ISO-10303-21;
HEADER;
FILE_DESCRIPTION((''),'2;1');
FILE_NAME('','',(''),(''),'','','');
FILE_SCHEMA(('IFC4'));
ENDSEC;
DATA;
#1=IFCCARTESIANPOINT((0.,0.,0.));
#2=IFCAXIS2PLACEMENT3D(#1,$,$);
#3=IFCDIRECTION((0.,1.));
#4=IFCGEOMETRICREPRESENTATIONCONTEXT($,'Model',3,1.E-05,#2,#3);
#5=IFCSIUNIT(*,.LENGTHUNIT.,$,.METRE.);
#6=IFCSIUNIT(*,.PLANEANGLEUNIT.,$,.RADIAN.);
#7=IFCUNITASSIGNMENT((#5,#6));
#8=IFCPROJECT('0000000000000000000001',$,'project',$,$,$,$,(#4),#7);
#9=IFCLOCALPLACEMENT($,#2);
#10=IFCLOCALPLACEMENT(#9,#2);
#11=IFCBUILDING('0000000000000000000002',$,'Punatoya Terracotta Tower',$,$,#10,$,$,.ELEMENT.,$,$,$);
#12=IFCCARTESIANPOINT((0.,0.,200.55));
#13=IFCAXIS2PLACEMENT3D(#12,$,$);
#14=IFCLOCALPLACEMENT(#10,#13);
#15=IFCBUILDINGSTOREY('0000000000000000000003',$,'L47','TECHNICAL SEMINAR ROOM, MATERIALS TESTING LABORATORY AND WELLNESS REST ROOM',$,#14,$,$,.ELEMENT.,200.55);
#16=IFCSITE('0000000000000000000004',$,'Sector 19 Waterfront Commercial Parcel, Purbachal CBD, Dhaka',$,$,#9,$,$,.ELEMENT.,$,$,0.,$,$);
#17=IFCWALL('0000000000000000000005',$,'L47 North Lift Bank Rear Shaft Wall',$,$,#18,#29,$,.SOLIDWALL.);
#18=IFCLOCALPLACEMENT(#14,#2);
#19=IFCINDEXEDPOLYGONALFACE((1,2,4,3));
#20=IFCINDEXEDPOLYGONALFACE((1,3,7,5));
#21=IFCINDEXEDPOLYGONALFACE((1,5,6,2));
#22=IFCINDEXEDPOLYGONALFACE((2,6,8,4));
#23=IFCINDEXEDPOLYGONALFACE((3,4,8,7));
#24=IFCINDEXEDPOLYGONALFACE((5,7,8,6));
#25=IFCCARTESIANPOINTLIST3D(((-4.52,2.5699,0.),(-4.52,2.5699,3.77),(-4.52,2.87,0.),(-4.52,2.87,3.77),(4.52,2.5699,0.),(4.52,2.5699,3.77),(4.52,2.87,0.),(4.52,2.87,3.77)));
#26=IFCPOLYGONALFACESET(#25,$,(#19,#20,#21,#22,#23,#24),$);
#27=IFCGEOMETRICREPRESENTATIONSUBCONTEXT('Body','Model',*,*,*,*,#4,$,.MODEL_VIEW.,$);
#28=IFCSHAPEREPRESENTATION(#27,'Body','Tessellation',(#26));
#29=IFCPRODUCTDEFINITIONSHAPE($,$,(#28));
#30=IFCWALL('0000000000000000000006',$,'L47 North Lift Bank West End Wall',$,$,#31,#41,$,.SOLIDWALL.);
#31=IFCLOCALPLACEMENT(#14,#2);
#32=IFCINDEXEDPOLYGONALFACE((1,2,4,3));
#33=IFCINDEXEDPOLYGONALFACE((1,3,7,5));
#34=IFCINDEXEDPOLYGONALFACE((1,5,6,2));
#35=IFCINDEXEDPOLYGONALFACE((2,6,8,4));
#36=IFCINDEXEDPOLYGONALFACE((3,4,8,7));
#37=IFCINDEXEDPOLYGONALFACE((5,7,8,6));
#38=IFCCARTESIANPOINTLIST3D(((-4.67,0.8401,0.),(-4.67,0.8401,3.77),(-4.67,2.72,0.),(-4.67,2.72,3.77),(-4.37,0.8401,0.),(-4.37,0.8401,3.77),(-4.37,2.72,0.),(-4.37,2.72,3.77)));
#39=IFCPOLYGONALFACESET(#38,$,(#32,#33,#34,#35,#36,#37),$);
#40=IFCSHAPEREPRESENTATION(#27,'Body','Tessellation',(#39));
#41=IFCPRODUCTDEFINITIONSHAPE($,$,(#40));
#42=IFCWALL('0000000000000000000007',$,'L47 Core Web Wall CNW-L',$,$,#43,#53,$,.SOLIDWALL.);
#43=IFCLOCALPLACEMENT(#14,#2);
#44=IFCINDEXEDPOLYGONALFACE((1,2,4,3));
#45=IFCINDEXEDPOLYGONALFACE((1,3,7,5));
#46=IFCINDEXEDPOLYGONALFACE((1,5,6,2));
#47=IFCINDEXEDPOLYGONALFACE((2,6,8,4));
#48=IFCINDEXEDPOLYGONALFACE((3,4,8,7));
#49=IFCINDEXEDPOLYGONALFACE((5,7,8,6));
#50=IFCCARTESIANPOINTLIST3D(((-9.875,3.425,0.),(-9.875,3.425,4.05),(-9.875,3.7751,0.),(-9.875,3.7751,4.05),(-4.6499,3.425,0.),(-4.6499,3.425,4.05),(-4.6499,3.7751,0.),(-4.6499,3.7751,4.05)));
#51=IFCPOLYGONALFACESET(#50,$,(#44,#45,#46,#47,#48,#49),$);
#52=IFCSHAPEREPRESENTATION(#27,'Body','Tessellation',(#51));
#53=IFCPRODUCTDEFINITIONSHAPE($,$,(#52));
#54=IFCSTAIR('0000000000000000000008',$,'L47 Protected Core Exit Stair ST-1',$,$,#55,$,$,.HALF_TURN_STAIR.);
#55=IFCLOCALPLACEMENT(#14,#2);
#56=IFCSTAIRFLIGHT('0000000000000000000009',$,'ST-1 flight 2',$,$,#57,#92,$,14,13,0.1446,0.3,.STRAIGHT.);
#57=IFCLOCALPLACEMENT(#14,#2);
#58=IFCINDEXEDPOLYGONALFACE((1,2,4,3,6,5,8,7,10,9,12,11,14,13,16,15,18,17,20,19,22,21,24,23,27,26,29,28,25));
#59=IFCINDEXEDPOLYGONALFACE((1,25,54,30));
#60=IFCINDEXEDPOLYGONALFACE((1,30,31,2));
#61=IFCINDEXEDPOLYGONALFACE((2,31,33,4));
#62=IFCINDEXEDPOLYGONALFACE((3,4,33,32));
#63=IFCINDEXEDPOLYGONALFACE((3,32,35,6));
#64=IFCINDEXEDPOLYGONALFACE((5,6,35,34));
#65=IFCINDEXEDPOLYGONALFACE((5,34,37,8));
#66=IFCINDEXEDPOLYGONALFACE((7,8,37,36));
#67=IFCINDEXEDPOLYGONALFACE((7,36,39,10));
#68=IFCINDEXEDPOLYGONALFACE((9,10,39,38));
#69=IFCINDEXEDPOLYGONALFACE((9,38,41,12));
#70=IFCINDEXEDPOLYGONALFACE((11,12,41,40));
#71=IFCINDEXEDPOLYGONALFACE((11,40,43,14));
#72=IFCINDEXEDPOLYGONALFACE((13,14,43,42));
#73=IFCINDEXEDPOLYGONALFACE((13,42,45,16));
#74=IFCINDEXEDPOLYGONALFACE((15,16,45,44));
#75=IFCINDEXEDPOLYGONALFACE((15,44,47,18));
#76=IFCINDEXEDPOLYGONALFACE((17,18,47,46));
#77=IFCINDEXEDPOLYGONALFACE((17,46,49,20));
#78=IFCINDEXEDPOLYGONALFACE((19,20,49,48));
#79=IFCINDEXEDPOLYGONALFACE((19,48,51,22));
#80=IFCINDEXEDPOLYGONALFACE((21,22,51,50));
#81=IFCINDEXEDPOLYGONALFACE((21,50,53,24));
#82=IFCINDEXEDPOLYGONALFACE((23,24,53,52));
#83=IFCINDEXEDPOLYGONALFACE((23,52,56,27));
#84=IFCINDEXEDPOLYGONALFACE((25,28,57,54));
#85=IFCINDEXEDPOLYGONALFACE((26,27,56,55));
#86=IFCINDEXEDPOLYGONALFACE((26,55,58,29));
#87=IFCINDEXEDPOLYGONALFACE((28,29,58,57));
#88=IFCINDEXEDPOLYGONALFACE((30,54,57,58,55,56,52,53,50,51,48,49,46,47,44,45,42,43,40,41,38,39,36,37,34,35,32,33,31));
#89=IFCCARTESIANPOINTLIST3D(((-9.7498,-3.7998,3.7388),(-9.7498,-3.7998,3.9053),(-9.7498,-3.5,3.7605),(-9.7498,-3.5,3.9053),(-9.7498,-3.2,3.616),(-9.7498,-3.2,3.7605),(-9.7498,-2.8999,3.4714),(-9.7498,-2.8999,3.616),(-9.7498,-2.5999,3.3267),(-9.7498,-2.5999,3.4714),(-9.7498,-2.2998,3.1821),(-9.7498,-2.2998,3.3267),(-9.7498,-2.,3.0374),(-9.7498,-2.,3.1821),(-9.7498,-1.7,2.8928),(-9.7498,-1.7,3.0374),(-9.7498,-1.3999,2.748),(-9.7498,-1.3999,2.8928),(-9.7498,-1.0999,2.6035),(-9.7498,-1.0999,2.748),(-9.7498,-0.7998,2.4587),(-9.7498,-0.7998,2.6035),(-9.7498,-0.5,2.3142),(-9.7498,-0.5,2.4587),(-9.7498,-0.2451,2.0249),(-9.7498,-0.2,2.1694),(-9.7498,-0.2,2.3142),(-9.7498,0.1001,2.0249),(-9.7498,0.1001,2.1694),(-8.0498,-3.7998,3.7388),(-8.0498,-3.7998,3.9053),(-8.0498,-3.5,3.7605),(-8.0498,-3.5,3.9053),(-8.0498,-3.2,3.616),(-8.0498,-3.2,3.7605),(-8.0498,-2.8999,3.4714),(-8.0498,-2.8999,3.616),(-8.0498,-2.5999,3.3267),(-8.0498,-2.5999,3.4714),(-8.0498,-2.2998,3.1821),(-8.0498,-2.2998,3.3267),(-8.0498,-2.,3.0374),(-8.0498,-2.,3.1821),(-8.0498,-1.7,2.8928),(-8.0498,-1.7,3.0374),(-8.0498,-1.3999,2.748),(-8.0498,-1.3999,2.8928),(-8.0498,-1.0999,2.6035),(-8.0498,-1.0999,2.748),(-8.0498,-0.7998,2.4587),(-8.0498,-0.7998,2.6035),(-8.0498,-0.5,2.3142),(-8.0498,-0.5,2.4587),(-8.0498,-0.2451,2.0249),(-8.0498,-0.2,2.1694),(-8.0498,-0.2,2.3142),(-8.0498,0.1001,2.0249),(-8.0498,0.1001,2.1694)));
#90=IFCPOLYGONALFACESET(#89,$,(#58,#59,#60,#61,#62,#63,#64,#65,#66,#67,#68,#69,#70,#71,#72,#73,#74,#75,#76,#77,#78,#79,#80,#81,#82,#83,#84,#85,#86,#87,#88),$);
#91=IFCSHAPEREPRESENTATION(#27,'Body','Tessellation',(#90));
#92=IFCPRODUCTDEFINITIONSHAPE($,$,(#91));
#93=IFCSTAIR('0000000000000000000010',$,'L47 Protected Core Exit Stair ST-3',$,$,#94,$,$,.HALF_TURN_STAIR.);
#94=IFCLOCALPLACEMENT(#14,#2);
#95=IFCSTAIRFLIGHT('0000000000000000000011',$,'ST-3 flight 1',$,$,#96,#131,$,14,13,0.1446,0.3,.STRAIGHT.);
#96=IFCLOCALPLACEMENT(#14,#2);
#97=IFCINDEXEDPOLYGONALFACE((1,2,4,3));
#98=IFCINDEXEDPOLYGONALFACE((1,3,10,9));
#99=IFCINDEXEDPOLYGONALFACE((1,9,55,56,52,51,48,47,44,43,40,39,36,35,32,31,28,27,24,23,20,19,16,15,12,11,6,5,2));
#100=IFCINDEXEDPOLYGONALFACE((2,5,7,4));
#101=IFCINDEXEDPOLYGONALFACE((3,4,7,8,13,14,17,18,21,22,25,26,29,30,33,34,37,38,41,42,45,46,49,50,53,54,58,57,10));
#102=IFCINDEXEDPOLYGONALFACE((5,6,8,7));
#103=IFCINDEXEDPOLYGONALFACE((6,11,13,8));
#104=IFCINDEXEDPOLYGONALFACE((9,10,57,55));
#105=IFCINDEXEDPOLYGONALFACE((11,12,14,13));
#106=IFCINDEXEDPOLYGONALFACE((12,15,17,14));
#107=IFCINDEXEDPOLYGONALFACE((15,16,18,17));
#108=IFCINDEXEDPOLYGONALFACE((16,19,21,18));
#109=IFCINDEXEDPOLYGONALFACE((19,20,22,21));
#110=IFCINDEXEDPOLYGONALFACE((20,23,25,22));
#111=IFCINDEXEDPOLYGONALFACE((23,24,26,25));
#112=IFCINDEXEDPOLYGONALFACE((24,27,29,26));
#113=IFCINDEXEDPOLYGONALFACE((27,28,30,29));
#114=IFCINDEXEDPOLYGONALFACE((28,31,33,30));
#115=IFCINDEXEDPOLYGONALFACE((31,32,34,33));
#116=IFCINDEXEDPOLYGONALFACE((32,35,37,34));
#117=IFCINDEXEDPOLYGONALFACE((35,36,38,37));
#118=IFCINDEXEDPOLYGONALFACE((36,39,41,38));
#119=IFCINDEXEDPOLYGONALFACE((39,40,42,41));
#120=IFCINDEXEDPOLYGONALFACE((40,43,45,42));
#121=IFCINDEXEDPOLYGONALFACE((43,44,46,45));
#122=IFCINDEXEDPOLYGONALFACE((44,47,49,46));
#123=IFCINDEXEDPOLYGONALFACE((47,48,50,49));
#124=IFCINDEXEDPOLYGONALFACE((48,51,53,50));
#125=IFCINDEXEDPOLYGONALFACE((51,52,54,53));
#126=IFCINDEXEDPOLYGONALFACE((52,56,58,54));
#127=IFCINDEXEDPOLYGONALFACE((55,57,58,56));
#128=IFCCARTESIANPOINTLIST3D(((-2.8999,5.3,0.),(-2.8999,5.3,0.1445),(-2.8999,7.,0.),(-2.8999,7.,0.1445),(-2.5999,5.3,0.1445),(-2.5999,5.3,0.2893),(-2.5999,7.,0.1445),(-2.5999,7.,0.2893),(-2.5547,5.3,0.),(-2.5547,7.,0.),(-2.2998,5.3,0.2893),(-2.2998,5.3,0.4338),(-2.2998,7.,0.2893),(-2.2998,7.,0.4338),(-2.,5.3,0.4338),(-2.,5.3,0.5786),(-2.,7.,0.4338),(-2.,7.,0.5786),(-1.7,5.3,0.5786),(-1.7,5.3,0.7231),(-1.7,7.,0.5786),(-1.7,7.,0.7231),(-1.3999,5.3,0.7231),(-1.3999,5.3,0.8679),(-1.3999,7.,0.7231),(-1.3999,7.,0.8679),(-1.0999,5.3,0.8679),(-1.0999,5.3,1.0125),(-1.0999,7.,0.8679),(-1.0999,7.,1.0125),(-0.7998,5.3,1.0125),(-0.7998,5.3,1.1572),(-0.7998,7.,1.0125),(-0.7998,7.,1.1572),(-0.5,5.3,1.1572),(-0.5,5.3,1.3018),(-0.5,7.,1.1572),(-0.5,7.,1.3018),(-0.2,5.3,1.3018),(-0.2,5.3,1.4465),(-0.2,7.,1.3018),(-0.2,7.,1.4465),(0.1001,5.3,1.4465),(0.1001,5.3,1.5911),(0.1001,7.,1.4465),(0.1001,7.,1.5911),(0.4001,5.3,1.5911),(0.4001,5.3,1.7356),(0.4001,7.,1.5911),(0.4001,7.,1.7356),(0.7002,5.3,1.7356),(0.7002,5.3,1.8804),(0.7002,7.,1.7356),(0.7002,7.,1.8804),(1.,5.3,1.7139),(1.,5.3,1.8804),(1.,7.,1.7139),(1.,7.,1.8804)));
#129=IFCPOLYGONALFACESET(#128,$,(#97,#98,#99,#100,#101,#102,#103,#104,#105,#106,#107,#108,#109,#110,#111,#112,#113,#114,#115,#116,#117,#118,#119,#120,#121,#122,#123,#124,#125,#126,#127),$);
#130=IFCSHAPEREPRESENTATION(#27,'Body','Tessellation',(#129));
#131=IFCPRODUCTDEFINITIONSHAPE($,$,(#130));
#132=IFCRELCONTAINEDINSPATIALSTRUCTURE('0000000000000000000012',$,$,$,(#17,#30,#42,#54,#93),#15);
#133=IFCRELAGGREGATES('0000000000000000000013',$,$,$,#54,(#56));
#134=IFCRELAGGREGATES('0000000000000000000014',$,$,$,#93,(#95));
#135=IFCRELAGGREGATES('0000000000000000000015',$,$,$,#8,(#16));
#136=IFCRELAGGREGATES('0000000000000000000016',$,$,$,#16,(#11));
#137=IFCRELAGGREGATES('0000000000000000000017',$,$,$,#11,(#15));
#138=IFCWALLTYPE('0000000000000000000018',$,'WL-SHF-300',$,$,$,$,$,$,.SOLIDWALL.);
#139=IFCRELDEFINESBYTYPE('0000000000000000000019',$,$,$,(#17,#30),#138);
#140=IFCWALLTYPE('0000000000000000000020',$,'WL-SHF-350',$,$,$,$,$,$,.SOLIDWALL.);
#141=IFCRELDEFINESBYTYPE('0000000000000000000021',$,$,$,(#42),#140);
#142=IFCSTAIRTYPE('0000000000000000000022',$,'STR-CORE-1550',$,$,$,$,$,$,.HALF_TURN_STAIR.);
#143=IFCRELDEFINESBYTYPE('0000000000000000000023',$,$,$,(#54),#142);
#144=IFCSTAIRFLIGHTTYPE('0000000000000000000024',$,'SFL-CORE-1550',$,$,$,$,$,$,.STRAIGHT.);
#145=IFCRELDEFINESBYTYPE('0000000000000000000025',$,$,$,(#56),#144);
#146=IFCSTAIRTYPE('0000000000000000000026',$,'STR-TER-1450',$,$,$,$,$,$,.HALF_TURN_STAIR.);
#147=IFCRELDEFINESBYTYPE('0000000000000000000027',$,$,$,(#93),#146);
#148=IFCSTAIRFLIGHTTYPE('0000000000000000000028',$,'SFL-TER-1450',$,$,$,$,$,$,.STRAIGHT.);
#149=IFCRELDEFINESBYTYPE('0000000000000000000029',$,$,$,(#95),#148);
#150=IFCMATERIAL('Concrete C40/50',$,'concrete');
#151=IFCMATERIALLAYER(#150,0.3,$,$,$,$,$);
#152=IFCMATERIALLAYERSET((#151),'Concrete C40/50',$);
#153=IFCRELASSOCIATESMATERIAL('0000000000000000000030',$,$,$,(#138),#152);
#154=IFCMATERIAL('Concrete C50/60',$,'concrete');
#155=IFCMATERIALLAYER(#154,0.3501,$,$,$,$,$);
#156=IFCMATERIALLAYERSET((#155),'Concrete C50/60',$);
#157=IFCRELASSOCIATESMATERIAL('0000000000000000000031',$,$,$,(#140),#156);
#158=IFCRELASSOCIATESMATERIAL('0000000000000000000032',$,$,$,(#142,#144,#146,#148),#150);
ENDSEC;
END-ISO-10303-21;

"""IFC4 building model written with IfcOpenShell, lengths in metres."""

from ifc_helpers import new_model, si_unit, direction, frame, frame_2d, origin, place, context, subcontext, project, spatial, polyline, rectangle, outline, extrude, material, layer, layer_set, type_object, element, aggregate, save


model = new_model("IFC4")

# Units and contexts
model_context = context("Model", 3, precision=1e-05, world=origin(), true_north=direction((0.0, 1.0)))
body_context = subcontext(model_context, "Body", "Model", "MODEL_VIEW")
ifc_project = project(units=[si_unit("LENGTHUNIT", "METRE"), si_unit("PLANEANGLEUNIT", "RADIAN")], contexts=[model_context])

# Site, building, storey
site_placement = place(None, origin())
site = spatial("IfcSite", under=ifc_project, at=site_placement, Name="Sector 19 Waterfront Commercial Parcel, Purbachal CBD, Dhaka", CompositionType="ELEMENT", RefElevation=0.0)
building_placement = place(site_placement, origin())
building = spatial("IfcBuilding", under=site, at=building_placement, Name="Punatoya Terracotta Tower", CompositionType="ELEMENT")
storey_placement = place(building_placement, frame((0.0, 0.0, 200.55)))
storey = spatial("IfcBuildingStorey", under=building, at=storey_placement, Name="L47", Description="TECHNICAL SEMINAR ROOM, MATERIALS TESTING LABORATORY AND WELLNESS REST ROOM", CompositionType="ELEMENT", Elevation=200.55)

# Shared definitions
ifc_material_1 = material(Name="Concrete C40/50", Category="concrete")
ifc_layer_1 = layer(ifc_material_1, 0.3)
ifc_layer_set_1 = layer_set([ifc_layer_1], Name="Concrete C40/50")
wall_type_1 = type_object("IfcWallType", Name="WL-SHF-300", PredefinedType="SOLIDWALL", material=ifc_layer_set_1)

# Walls
wall_1_placement = place(storey_placement, frame((-4.52, 2.72, 0.0), z_axis=(0.0, 0.0, 1.0), x_axis=(1.0, 0.0, 0.0)))
element("IfcWall", 1, at=wall_1_placement, inside=storey, type_object=wall_type_1, Name="L47 North Lift Bank Rear Shaft Wall", PredefinedType="SOLIDWALL", context=body_context, shape_type="SweptSolid", body=[
    extrude(rectangle(XDim=9.04, YDim=0.3, at=frame_2d((4.52, 0.0))), origin(), (0.0, 0.0, 1.0), 3.77),
])
wall_2_placement = place(storey_placement, frame((-4.52, 0.8401, 0.0), z_axis=(0.0, 0.0, 1.0), x_axis=(0.0, 1.0, 0.0)))
element("IfcWall", 2, at=wall_2_placement, inside=storey, type_object=wall_type_1, Name="L47 North Lift Bank West End Wall", PredefinedType="SOLIDWALL", context=body_context, shape_type="SweptSolid", body=[
    extrude(rectangle(XDim=1.8799, YDim=0.3, at=frame_2d((0.9399, 0.0))), origin(), (0.0, 0.0, 1.0), 3.77),
])
ifc_material_2 = material(Name="Concrete C50/60", Category="concrete")
ifc_layer_2 = layer(ifc_material_2, 0.3501)
ifc_layer_set_2 = layer_set([ifc_layer_2], Name="Concrete C50/60")
wall_type_2 = type_object("IfcWallType", Name="WL-SHF-350", PredefinedType="SOLIDWALL", material=ifc_layer_set_2)
wall_3_placement = place(storey_placement, frame((-9.875, 3.6001, 0.0), z_axis=(0.0, 0.0, 1.0), x_axis=(1.0, 0.0, 0.0)))
element("IfcWall", 3, at=wall_3_placement, inside=storey, type_object=wall_type_2, Name="L47 Core Web Wall CNW-L", PredefinedType="SOLIDWALL", context=body_context, shape_type="SweptSolid", body=[
    extrude(rectangle(XDim=5.2251, YDim=0.3501, at=frame_2d((2.6125, 0.0))), origin(), (0.0, 0.0, 1.0), 4.05),
])

# Stairs, stair flights
stair_type_1 = type_object("IfcStairType", Name="STR-CORE-1550", PredefinedType="HALF_TURN_STAIR", material=ifc_material_1)
stair_1_placement = place(storey_placement, origin())
stair_1 = element("IfcStair", 4, at=stair_1_placement, inside=storey, type_object=stair_type_1, Name="L47 Protected Core Exit Stair ST-1", PredefinedType="HALF_TURN_STAIR")
stair_flight_type_1 = type_object("IfcStairFlightType", Name="SFL-CORE-1550", PredefinedType="STRAIGHT", material=ifc_material_1)
stair_flight_1_placement = place(storey_placement, frame((-8.8999, 0.1001, 2.0249), z_axis=(0.0, 0.0, 1.0), x_axis=(0.0, -1.0, 0.0)))
stair_flight_1 = element("IfcStairFlight", 5, at=stair_flight_1_placement, type_object=stair_flight_type_1, Name="ST-1 flight 2", NumberOfRisers=14, NumberOfTreads=13, PredefinedType="STRAIGHT", RiserHeight=0.1446, TreadLength=0.3, context=body_context, shape_type="SweptSolid", body=[
    extrude(outline(polyline([(0.0, 0.0), (0.0, 0.1445), (0.3, 0.1445), (0.3, 0.2893), (0.6001, 0.2893), (0.6001, 0.4338), (0.8999, 0.4338), (0.8999, 0.5786), (1.2, 0.5786), (1.2, 0.7231), (1.5, 0.7231), (1.5, 0.8679), (1.8, 0.8679), (1.8, 1.0125), (2.1001, 1.0125), (2.1001, 1.1572), (2.3999, 1.1572), (2.3999, 1.3018), (2.7, 1.3018), (2.7, 1.4465), (3.0, 1.4465), (3.0, 1.5911), (3.3, 1.5911), (3.3, 1.7356), (3.6001, 1.7356), (3.6001, 1.8804), (3.8999, 1.8804), (3.8999, 2.0249), (3.8999, 1.7139), (0.3452, 0.0), (0.0, 0.0)])), frame((0.0, 0.8501, 0.0), z_axis=(0.0, -1.0, 0.0), x_axis=(1.0, 0.0, 0.0)), (0.0, 0.0, 1.0), 1.7),
])
aggregate(stair_1, [stair_flight_1])
stair_type_2 = type_object("IfcStairType", Name="STR-TER-1450", PredefinedType="HALF_TURN_STAIR", material=ifc_material_1)
stair_2_placement = place(storey_placement, origin())
stair_2 = element("IfcStair", 6, at=stair_2_placement, inside=storey, type_object=stair_type_2, Name="L47 Protected Core Exit Stair ST-3", PredefinedType="HALF_TURN_STAIR")
stair_flight_type_2 = type_object("IfcStairFlightType", Name="SFL-TER-1450", PredefinedType="STRAIGHT", material=ifc_material_1)
stair_flight_2_placement = place(storey_placement, frame((-2.8999, 6.1499, 0.0), z_axis=(0.0, 0.0, 1.0), x_axis=(1.0, 0.0, 0.0)))
stair_flight_2 = element("IfcStairFlight", 7, at=stair_flight_2_placement, type_object=stair_flight_type_2, Name="ST-3 flight 1", NumberOfRisers=14, NumberOfTreads=13, PredefinedType="STRAIGHT", RiserHeight=0.1446, TreadLength=0.3, context=body_context, shape_type="SweptSolid", body=[
    extrude(outline(polyline([(0.0, 0.0), (0.0, 0.1445), (0.3, 0.1445), (0.3, 0.2893), (0.6001, 0.2893), (0.6001, 0.4338), (0.8999, 0.4338), (0.8999, 0.5786), (1.2, 0.5786), (1.2, 0.7231), (1.5, 0.7231), (1.5, 0.8679), (1.8, 0.8679), (1.8, 1.0125), (2.1001, 1.0125), (2.1001, 1.1572), (2.3999, 1.1572), (2.3999, 1.3018), (2.7, 1.3018), (2.7, 1.4465), (3.0, 1.4465), (3.0, 1.5911), (3.3, 1.5911), (3.3, 1.7356), (3.6001, 1.7356), (3.6001, 1.8804), (3.8999, 1.8804), (3.8999, 2.0249), (3.8999, 1.7139), (0.3452, 0.0), (0.0, 0.0)])), frame((0.0, 0.8501, 0.0), z_axis=(0.0, -1.0, 0.0), x_axis=(1.0, 0.0, 0.0)), (0.0, 0.0, 1.0), 1.7),
])
aggregate(stair_2, [stair_flight_2])

save(model, "model.ifc")
